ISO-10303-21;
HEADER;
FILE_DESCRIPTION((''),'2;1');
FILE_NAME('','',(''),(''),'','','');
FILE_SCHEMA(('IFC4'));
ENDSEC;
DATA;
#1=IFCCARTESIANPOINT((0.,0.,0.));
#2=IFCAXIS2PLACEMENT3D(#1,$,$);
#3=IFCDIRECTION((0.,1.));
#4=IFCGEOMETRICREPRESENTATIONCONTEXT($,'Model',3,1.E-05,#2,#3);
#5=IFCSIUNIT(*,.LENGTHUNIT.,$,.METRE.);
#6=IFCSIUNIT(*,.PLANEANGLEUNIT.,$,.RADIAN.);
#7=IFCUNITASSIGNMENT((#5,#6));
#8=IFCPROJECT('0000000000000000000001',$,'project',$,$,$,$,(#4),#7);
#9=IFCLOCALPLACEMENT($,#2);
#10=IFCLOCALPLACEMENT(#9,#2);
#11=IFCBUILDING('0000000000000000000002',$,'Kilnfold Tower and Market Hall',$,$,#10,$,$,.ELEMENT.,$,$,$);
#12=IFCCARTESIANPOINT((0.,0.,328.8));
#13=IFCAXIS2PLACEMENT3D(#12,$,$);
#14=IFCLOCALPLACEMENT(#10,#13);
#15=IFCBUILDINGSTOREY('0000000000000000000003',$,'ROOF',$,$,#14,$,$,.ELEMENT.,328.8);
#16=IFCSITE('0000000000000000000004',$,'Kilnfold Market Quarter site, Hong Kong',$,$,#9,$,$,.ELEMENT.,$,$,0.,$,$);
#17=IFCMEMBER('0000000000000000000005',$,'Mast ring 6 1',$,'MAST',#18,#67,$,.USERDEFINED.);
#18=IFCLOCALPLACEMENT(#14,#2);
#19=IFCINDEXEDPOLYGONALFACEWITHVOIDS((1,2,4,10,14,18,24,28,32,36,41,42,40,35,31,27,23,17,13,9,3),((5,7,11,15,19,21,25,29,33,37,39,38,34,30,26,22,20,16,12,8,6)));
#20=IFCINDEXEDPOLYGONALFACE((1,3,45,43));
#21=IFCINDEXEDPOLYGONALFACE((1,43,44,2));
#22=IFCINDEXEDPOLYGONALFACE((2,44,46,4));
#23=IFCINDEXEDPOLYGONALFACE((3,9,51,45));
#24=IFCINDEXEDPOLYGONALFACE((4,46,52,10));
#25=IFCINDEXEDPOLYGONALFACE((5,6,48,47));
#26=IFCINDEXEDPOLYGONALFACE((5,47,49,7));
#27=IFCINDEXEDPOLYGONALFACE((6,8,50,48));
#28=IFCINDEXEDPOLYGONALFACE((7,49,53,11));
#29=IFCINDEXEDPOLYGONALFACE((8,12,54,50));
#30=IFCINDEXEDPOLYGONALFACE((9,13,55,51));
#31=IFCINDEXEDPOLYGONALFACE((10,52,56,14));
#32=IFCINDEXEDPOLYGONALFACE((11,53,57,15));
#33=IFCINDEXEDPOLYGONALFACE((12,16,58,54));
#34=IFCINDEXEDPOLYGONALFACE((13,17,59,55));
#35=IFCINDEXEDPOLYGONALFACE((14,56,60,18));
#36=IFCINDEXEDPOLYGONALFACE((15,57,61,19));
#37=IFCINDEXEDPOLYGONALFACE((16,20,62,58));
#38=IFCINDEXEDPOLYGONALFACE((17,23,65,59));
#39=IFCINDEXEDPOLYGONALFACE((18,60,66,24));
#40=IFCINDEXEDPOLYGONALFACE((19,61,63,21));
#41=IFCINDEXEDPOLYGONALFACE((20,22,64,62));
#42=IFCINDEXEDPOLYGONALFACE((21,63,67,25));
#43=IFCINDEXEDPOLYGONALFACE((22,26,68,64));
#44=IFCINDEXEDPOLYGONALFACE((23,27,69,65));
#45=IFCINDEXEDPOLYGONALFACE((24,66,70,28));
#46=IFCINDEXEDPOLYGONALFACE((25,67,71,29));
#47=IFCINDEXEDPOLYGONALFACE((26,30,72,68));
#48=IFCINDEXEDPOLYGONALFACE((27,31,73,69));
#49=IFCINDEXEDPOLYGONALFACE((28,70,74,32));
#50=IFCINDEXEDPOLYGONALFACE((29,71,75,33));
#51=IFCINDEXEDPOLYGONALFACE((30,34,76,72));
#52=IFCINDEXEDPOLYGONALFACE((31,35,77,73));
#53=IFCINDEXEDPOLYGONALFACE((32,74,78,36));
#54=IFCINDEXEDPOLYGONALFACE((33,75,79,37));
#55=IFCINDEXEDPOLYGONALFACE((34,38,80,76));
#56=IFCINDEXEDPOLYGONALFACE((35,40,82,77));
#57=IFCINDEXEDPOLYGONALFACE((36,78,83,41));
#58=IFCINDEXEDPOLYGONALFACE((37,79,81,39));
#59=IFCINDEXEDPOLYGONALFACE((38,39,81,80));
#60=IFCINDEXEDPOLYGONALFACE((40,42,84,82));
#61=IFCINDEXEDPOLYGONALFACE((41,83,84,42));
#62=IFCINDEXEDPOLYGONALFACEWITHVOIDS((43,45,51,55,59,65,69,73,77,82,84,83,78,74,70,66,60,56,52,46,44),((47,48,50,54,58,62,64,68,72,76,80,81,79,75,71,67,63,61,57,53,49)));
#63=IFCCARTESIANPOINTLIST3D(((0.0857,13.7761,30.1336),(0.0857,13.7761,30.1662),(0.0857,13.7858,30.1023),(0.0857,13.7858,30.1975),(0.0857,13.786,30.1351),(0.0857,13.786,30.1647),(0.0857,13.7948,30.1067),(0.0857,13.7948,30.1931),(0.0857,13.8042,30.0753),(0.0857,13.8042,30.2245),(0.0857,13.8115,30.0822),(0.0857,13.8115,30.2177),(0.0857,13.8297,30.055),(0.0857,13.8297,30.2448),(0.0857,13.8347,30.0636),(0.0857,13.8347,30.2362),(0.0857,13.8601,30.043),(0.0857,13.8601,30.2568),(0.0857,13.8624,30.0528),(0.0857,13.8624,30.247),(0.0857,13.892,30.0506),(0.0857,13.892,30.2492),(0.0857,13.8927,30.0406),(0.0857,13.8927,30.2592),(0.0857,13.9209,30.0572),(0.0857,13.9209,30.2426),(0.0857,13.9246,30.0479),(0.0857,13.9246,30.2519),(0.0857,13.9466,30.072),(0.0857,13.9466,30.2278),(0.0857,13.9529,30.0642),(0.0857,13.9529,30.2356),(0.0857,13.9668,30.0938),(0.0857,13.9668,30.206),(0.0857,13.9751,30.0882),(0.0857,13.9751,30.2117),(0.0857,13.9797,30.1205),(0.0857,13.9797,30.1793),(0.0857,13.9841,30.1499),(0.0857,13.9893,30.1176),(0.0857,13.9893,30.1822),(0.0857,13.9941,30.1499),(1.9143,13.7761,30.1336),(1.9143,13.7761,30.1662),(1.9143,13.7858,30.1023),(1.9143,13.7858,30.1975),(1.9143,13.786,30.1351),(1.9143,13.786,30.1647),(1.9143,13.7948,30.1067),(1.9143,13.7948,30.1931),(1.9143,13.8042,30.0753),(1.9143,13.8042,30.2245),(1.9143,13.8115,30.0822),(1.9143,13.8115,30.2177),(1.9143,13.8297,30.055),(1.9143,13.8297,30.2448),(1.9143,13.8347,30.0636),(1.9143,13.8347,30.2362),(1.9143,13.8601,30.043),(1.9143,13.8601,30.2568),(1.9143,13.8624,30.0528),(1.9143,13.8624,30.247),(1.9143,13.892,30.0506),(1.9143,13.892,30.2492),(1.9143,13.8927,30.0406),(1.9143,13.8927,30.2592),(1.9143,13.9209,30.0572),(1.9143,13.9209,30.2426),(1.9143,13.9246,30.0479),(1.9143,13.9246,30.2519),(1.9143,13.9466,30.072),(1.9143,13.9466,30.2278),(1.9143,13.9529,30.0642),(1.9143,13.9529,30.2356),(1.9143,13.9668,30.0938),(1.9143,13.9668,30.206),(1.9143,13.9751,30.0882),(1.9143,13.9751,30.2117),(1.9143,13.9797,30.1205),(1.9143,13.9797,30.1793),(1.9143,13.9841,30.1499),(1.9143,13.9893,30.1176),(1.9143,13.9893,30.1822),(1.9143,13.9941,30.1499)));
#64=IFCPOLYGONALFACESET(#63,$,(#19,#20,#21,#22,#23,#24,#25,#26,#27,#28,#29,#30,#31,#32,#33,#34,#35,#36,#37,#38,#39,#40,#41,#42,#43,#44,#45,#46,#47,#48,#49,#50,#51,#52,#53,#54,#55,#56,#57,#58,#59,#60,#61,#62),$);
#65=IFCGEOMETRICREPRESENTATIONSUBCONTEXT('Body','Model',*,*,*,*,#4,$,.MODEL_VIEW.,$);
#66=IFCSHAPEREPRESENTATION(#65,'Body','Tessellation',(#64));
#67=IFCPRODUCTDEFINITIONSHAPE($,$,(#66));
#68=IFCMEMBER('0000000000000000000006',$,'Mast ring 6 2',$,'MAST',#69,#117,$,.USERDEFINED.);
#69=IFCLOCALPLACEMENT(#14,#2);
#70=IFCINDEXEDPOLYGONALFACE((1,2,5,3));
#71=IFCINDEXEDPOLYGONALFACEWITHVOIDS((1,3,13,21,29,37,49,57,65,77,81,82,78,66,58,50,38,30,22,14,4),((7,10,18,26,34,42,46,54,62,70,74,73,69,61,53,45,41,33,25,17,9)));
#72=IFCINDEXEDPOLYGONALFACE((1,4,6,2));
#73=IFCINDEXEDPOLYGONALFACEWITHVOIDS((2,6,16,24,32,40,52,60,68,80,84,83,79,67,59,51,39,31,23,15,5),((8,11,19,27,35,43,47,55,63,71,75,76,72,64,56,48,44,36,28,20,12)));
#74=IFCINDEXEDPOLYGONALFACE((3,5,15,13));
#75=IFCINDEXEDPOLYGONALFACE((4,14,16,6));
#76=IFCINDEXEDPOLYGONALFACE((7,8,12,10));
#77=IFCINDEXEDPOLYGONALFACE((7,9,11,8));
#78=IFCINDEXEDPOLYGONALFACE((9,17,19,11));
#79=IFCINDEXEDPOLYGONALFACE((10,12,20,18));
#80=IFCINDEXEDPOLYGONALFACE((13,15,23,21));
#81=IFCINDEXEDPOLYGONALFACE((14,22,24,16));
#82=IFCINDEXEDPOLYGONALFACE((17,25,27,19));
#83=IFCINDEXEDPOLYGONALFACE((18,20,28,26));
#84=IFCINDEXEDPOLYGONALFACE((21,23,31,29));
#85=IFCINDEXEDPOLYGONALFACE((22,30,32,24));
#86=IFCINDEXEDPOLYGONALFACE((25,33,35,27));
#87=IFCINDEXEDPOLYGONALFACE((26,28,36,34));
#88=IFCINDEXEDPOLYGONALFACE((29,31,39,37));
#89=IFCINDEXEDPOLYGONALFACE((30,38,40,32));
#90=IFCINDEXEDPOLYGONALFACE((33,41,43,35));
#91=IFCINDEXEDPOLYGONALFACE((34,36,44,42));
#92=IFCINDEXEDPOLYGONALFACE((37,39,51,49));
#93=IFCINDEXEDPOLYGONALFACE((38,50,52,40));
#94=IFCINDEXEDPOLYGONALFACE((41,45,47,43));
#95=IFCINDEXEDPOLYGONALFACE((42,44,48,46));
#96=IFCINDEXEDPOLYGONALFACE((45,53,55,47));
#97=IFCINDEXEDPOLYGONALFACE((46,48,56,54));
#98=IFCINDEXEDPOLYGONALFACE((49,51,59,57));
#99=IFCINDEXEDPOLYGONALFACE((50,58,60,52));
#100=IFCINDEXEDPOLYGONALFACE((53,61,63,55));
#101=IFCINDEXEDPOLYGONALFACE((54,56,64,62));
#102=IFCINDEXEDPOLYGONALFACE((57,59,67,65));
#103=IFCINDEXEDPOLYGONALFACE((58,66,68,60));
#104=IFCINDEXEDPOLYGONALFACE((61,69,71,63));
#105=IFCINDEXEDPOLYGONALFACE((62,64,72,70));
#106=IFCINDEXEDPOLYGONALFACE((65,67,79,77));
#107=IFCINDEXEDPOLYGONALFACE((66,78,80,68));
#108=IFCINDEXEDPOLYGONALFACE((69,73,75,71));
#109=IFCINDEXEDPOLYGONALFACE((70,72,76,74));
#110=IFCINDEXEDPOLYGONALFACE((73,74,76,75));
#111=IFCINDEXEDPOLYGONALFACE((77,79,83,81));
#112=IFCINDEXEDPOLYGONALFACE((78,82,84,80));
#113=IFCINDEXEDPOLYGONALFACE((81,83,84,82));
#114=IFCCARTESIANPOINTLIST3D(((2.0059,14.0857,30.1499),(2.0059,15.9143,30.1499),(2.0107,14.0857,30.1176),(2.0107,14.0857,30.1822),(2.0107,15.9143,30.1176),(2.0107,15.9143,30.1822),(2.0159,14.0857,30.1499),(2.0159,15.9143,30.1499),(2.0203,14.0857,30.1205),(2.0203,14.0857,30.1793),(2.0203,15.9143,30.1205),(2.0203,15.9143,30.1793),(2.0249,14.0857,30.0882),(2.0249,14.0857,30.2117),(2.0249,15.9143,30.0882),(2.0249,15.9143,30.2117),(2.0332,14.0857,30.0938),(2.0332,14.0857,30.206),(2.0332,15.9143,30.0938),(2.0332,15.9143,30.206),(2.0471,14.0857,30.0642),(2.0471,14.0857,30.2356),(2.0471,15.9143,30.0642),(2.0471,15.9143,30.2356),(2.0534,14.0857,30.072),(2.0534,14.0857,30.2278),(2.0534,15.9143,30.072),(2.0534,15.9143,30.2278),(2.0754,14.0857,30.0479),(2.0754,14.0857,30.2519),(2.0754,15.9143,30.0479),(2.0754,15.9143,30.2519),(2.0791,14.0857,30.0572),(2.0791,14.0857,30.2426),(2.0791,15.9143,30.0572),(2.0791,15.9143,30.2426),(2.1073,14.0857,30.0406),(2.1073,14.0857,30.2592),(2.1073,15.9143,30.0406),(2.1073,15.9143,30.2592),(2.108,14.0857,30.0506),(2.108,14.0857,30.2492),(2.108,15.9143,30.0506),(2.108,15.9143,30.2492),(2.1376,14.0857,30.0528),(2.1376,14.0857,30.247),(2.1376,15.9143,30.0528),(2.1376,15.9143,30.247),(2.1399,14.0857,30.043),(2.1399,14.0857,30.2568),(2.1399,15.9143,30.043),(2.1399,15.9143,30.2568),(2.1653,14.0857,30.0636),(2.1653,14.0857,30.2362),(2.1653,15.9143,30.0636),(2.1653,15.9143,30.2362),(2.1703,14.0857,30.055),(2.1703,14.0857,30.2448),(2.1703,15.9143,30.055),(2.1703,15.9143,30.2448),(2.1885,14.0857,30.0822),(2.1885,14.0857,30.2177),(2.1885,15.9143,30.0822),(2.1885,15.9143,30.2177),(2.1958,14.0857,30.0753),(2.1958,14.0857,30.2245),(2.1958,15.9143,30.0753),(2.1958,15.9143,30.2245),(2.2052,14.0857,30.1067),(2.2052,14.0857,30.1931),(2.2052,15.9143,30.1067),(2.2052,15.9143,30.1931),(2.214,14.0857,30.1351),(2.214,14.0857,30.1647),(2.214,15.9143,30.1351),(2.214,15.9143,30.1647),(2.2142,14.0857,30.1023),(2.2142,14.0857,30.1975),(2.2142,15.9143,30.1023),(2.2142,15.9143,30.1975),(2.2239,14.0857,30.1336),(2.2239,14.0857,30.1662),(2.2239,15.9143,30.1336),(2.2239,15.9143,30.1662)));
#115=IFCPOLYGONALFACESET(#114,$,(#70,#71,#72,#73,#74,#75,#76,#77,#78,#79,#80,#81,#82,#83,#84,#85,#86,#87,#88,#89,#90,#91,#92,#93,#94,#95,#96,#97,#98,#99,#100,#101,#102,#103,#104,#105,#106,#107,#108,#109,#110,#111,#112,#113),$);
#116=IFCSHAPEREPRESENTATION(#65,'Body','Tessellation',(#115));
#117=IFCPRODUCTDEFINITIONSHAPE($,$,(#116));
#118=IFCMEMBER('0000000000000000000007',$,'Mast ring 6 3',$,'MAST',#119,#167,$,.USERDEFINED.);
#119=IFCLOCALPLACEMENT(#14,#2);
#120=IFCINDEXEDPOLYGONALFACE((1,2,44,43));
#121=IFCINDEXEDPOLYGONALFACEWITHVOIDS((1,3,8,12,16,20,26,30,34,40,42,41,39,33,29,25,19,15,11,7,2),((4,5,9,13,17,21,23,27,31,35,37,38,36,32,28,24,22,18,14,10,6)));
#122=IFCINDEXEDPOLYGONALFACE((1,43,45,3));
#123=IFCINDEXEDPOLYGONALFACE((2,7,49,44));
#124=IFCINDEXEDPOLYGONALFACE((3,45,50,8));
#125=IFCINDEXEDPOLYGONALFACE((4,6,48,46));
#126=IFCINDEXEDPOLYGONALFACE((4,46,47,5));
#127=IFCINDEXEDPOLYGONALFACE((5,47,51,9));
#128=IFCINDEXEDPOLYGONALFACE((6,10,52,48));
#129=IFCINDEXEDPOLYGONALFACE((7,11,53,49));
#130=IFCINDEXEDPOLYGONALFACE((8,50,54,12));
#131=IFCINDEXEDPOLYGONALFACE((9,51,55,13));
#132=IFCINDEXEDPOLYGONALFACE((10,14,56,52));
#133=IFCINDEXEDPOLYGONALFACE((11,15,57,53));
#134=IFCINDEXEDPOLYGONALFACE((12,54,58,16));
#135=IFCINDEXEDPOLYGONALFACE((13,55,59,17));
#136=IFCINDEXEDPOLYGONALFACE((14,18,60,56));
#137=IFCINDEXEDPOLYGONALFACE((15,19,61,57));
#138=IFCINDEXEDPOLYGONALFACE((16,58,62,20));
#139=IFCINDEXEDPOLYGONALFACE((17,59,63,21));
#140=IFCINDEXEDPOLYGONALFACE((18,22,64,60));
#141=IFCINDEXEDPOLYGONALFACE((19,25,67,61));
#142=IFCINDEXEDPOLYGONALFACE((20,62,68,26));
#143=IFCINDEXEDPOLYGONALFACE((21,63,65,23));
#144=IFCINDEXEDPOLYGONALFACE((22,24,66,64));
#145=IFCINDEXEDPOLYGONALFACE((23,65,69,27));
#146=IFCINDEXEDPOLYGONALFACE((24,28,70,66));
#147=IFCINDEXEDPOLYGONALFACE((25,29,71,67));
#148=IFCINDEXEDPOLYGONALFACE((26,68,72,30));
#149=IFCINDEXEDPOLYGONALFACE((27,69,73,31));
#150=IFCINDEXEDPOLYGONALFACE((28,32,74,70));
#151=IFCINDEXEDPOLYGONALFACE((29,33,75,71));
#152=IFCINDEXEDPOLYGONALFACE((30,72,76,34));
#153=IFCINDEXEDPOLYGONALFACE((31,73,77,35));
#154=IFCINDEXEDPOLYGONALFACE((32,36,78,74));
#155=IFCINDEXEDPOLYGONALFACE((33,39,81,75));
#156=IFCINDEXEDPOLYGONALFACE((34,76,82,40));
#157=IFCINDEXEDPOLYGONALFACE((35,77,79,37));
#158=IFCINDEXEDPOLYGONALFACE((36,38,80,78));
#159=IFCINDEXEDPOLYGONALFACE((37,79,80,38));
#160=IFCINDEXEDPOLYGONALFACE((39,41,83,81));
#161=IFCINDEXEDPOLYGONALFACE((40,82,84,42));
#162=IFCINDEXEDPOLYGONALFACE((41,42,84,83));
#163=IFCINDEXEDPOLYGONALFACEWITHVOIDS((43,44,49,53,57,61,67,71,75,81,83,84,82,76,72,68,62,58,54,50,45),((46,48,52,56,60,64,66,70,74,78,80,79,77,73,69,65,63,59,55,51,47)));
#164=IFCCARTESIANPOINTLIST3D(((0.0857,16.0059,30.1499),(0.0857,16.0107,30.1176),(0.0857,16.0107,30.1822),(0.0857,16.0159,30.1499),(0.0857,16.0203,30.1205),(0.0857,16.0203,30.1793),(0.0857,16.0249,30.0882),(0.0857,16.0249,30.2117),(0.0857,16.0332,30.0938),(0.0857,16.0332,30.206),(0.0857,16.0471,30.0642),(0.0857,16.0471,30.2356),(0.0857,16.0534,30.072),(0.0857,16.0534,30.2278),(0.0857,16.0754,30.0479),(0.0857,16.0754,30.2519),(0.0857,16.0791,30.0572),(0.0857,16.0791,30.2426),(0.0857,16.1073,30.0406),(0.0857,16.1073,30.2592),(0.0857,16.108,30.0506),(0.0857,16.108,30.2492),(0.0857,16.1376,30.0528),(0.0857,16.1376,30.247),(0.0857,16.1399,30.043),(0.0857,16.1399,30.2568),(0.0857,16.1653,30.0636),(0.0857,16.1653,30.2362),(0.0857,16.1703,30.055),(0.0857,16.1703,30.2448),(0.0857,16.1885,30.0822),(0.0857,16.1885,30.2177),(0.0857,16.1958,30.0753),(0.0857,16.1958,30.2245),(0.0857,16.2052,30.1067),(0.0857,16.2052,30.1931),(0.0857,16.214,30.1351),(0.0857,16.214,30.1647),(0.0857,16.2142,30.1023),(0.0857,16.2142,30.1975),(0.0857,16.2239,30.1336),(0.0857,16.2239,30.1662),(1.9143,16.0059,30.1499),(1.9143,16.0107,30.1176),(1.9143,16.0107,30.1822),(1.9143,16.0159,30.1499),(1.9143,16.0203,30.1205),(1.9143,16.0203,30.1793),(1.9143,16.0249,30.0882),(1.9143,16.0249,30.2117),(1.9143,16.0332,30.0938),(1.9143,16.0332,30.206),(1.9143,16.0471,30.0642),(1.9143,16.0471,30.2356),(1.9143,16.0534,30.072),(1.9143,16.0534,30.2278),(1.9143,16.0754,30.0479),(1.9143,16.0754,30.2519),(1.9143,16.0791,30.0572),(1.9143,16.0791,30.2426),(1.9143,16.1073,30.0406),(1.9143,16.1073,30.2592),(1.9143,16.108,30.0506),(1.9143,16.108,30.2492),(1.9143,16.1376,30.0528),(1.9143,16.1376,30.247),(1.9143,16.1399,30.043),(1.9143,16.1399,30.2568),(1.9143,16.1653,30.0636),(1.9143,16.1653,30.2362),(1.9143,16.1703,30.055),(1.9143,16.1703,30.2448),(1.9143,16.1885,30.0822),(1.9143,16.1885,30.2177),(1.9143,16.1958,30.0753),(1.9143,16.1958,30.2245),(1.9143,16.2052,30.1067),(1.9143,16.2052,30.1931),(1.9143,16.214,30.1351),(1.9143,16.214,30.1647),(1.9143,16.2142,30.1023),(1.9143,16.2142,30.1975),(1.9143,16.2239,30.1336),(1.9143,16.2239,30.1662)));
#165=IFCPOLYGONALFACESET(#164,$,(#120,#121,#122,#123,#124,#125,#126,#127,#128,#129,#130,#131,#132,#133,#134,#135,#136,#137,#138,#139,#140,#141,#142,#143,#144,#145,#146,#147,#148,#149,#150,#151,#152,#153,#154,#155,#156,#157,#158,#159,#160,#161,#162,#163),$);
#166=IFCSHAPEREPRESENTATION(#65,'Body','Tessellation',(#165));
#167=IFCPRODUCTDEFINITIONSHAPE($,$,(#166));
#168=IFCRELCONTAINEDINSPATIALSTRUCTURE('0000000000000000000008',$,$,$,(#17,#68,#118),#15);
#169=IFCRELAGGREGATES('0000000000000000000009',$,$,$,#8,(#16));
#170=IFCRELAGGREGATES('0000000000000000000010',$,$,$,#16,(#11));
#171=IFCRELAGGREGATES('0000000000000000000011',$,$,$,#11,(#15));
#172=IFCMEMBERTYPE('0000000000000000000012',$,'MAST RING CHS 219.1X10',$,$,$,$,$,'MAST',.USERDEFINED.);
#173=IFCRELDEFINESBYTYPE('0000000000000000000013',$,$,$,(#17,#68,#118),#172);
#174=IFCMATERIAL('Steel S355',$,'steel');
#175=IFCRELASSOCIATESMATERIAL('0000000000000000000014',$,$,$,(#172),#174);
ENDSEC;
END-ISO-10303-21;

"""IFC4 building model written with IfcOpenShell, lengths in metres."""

from ifc_helpers import new_model, si_unit, direction, frame, origin, origin_2d, place, context, subcontext, project, spatial, hollow_circle, extrude, source, transform, mapped, material, material_profile, profile_set, type_object, element, save


model = new_model("IFC4")

# Units and contexts
model_context = context("Model", 3, precision=1e-05, world=origin(), true_north=direction((0.0, 1.0)))
body_context = subcontext(model_context, "Body", "Model", "MODEL_VIEW")
ifc_project = project(units=[si_unit("LENGTHUNIT", "METRE"), si_unit("PLANEANGLEUNIT", "RADIAN")], contexts=[model_context])

# Site, building, storey
site_placement = place(None, origin())
site = spatial("IfcSite", under=ifc_project, at=site_placement, Name="Kilnfold Market Quarter site, Hong Kong", CompositionType="ELEMENT", RefElevation=0.0)
building_placement = place(site_placement, origin())
building = spatial("IfcBuilding", under=site, at=building_placement, Name="Kilnfold Tower and Market Hall", CompositionType="ELEMENT")
storey_placement = place(building_placement, frame((0.0, 0.0, 328.8)))
storey = spatial("IfcBuildingStorey", under=building, at=storey_placement, Name="ROOF", CompositionType="ELEMENT", Elevation=328.8)

# Members
ifc_material_1 = material(Name="Steel S355", Category="steel")
ifc_material_profile_1 = material_profile(ifc_material_1, hollow_circle(Radius=0.1096, WallThickness=0.01, at=origin_2d()), Name="CHS 219.1x10")
ifc_profile_set_1 = profile_set([ifc_material_profile_1], Name="Steel S355")
member_type_1 = type_object("IfcMemberType", Name="MAST RING CHS 219.1X10", ElementType="MAST", PredefinedType="USERDEFINED", material=ifc_profile_set_1)
shared_shape_1 = source(origin(), body_context, "Body", "SweptSolid", [
    extrude(hollow_circle(Radius=0.1096, WallThickness=0.01, at=origin_2d()), origin(), (0.0, 0.0, 1.0), 1.8286),
])
for number, where, z_axis, x_axis, name in (
    (1, (0.0857, 13.8845, 30.1499), (1.0, 0.0, 0.0), (0.0, 1.0, 0.0), "Mast ring 6 1"),
    (2, (2.1155, 14.0857, 30.1499), (0.0, 1.0, 0.0), (-1.0, 0.0, 0.0), "Mast ring 6 2"),
    (3, (1.9143, 16.1155, 30.1499), (-1.0, 0.0, 0.0), (0.0, -1.0, 0.0), "Mast ring 6 3"),
):
    element("IfcMember", number, at=place(storey_placement, frame(where, z_axis=z_axis, x_axis=x_axis)), inside=storey, type_object=member_type_1, Name=name, ObjectType="MAST", PredefinedType="USERDEFINED", context=body_context, shape_type="MappedRepresentation", body=[
        mapped(shared_shape_1, transform((0.0, 0.0, 0.0))),
    ])

save(model, "model.ifc")
